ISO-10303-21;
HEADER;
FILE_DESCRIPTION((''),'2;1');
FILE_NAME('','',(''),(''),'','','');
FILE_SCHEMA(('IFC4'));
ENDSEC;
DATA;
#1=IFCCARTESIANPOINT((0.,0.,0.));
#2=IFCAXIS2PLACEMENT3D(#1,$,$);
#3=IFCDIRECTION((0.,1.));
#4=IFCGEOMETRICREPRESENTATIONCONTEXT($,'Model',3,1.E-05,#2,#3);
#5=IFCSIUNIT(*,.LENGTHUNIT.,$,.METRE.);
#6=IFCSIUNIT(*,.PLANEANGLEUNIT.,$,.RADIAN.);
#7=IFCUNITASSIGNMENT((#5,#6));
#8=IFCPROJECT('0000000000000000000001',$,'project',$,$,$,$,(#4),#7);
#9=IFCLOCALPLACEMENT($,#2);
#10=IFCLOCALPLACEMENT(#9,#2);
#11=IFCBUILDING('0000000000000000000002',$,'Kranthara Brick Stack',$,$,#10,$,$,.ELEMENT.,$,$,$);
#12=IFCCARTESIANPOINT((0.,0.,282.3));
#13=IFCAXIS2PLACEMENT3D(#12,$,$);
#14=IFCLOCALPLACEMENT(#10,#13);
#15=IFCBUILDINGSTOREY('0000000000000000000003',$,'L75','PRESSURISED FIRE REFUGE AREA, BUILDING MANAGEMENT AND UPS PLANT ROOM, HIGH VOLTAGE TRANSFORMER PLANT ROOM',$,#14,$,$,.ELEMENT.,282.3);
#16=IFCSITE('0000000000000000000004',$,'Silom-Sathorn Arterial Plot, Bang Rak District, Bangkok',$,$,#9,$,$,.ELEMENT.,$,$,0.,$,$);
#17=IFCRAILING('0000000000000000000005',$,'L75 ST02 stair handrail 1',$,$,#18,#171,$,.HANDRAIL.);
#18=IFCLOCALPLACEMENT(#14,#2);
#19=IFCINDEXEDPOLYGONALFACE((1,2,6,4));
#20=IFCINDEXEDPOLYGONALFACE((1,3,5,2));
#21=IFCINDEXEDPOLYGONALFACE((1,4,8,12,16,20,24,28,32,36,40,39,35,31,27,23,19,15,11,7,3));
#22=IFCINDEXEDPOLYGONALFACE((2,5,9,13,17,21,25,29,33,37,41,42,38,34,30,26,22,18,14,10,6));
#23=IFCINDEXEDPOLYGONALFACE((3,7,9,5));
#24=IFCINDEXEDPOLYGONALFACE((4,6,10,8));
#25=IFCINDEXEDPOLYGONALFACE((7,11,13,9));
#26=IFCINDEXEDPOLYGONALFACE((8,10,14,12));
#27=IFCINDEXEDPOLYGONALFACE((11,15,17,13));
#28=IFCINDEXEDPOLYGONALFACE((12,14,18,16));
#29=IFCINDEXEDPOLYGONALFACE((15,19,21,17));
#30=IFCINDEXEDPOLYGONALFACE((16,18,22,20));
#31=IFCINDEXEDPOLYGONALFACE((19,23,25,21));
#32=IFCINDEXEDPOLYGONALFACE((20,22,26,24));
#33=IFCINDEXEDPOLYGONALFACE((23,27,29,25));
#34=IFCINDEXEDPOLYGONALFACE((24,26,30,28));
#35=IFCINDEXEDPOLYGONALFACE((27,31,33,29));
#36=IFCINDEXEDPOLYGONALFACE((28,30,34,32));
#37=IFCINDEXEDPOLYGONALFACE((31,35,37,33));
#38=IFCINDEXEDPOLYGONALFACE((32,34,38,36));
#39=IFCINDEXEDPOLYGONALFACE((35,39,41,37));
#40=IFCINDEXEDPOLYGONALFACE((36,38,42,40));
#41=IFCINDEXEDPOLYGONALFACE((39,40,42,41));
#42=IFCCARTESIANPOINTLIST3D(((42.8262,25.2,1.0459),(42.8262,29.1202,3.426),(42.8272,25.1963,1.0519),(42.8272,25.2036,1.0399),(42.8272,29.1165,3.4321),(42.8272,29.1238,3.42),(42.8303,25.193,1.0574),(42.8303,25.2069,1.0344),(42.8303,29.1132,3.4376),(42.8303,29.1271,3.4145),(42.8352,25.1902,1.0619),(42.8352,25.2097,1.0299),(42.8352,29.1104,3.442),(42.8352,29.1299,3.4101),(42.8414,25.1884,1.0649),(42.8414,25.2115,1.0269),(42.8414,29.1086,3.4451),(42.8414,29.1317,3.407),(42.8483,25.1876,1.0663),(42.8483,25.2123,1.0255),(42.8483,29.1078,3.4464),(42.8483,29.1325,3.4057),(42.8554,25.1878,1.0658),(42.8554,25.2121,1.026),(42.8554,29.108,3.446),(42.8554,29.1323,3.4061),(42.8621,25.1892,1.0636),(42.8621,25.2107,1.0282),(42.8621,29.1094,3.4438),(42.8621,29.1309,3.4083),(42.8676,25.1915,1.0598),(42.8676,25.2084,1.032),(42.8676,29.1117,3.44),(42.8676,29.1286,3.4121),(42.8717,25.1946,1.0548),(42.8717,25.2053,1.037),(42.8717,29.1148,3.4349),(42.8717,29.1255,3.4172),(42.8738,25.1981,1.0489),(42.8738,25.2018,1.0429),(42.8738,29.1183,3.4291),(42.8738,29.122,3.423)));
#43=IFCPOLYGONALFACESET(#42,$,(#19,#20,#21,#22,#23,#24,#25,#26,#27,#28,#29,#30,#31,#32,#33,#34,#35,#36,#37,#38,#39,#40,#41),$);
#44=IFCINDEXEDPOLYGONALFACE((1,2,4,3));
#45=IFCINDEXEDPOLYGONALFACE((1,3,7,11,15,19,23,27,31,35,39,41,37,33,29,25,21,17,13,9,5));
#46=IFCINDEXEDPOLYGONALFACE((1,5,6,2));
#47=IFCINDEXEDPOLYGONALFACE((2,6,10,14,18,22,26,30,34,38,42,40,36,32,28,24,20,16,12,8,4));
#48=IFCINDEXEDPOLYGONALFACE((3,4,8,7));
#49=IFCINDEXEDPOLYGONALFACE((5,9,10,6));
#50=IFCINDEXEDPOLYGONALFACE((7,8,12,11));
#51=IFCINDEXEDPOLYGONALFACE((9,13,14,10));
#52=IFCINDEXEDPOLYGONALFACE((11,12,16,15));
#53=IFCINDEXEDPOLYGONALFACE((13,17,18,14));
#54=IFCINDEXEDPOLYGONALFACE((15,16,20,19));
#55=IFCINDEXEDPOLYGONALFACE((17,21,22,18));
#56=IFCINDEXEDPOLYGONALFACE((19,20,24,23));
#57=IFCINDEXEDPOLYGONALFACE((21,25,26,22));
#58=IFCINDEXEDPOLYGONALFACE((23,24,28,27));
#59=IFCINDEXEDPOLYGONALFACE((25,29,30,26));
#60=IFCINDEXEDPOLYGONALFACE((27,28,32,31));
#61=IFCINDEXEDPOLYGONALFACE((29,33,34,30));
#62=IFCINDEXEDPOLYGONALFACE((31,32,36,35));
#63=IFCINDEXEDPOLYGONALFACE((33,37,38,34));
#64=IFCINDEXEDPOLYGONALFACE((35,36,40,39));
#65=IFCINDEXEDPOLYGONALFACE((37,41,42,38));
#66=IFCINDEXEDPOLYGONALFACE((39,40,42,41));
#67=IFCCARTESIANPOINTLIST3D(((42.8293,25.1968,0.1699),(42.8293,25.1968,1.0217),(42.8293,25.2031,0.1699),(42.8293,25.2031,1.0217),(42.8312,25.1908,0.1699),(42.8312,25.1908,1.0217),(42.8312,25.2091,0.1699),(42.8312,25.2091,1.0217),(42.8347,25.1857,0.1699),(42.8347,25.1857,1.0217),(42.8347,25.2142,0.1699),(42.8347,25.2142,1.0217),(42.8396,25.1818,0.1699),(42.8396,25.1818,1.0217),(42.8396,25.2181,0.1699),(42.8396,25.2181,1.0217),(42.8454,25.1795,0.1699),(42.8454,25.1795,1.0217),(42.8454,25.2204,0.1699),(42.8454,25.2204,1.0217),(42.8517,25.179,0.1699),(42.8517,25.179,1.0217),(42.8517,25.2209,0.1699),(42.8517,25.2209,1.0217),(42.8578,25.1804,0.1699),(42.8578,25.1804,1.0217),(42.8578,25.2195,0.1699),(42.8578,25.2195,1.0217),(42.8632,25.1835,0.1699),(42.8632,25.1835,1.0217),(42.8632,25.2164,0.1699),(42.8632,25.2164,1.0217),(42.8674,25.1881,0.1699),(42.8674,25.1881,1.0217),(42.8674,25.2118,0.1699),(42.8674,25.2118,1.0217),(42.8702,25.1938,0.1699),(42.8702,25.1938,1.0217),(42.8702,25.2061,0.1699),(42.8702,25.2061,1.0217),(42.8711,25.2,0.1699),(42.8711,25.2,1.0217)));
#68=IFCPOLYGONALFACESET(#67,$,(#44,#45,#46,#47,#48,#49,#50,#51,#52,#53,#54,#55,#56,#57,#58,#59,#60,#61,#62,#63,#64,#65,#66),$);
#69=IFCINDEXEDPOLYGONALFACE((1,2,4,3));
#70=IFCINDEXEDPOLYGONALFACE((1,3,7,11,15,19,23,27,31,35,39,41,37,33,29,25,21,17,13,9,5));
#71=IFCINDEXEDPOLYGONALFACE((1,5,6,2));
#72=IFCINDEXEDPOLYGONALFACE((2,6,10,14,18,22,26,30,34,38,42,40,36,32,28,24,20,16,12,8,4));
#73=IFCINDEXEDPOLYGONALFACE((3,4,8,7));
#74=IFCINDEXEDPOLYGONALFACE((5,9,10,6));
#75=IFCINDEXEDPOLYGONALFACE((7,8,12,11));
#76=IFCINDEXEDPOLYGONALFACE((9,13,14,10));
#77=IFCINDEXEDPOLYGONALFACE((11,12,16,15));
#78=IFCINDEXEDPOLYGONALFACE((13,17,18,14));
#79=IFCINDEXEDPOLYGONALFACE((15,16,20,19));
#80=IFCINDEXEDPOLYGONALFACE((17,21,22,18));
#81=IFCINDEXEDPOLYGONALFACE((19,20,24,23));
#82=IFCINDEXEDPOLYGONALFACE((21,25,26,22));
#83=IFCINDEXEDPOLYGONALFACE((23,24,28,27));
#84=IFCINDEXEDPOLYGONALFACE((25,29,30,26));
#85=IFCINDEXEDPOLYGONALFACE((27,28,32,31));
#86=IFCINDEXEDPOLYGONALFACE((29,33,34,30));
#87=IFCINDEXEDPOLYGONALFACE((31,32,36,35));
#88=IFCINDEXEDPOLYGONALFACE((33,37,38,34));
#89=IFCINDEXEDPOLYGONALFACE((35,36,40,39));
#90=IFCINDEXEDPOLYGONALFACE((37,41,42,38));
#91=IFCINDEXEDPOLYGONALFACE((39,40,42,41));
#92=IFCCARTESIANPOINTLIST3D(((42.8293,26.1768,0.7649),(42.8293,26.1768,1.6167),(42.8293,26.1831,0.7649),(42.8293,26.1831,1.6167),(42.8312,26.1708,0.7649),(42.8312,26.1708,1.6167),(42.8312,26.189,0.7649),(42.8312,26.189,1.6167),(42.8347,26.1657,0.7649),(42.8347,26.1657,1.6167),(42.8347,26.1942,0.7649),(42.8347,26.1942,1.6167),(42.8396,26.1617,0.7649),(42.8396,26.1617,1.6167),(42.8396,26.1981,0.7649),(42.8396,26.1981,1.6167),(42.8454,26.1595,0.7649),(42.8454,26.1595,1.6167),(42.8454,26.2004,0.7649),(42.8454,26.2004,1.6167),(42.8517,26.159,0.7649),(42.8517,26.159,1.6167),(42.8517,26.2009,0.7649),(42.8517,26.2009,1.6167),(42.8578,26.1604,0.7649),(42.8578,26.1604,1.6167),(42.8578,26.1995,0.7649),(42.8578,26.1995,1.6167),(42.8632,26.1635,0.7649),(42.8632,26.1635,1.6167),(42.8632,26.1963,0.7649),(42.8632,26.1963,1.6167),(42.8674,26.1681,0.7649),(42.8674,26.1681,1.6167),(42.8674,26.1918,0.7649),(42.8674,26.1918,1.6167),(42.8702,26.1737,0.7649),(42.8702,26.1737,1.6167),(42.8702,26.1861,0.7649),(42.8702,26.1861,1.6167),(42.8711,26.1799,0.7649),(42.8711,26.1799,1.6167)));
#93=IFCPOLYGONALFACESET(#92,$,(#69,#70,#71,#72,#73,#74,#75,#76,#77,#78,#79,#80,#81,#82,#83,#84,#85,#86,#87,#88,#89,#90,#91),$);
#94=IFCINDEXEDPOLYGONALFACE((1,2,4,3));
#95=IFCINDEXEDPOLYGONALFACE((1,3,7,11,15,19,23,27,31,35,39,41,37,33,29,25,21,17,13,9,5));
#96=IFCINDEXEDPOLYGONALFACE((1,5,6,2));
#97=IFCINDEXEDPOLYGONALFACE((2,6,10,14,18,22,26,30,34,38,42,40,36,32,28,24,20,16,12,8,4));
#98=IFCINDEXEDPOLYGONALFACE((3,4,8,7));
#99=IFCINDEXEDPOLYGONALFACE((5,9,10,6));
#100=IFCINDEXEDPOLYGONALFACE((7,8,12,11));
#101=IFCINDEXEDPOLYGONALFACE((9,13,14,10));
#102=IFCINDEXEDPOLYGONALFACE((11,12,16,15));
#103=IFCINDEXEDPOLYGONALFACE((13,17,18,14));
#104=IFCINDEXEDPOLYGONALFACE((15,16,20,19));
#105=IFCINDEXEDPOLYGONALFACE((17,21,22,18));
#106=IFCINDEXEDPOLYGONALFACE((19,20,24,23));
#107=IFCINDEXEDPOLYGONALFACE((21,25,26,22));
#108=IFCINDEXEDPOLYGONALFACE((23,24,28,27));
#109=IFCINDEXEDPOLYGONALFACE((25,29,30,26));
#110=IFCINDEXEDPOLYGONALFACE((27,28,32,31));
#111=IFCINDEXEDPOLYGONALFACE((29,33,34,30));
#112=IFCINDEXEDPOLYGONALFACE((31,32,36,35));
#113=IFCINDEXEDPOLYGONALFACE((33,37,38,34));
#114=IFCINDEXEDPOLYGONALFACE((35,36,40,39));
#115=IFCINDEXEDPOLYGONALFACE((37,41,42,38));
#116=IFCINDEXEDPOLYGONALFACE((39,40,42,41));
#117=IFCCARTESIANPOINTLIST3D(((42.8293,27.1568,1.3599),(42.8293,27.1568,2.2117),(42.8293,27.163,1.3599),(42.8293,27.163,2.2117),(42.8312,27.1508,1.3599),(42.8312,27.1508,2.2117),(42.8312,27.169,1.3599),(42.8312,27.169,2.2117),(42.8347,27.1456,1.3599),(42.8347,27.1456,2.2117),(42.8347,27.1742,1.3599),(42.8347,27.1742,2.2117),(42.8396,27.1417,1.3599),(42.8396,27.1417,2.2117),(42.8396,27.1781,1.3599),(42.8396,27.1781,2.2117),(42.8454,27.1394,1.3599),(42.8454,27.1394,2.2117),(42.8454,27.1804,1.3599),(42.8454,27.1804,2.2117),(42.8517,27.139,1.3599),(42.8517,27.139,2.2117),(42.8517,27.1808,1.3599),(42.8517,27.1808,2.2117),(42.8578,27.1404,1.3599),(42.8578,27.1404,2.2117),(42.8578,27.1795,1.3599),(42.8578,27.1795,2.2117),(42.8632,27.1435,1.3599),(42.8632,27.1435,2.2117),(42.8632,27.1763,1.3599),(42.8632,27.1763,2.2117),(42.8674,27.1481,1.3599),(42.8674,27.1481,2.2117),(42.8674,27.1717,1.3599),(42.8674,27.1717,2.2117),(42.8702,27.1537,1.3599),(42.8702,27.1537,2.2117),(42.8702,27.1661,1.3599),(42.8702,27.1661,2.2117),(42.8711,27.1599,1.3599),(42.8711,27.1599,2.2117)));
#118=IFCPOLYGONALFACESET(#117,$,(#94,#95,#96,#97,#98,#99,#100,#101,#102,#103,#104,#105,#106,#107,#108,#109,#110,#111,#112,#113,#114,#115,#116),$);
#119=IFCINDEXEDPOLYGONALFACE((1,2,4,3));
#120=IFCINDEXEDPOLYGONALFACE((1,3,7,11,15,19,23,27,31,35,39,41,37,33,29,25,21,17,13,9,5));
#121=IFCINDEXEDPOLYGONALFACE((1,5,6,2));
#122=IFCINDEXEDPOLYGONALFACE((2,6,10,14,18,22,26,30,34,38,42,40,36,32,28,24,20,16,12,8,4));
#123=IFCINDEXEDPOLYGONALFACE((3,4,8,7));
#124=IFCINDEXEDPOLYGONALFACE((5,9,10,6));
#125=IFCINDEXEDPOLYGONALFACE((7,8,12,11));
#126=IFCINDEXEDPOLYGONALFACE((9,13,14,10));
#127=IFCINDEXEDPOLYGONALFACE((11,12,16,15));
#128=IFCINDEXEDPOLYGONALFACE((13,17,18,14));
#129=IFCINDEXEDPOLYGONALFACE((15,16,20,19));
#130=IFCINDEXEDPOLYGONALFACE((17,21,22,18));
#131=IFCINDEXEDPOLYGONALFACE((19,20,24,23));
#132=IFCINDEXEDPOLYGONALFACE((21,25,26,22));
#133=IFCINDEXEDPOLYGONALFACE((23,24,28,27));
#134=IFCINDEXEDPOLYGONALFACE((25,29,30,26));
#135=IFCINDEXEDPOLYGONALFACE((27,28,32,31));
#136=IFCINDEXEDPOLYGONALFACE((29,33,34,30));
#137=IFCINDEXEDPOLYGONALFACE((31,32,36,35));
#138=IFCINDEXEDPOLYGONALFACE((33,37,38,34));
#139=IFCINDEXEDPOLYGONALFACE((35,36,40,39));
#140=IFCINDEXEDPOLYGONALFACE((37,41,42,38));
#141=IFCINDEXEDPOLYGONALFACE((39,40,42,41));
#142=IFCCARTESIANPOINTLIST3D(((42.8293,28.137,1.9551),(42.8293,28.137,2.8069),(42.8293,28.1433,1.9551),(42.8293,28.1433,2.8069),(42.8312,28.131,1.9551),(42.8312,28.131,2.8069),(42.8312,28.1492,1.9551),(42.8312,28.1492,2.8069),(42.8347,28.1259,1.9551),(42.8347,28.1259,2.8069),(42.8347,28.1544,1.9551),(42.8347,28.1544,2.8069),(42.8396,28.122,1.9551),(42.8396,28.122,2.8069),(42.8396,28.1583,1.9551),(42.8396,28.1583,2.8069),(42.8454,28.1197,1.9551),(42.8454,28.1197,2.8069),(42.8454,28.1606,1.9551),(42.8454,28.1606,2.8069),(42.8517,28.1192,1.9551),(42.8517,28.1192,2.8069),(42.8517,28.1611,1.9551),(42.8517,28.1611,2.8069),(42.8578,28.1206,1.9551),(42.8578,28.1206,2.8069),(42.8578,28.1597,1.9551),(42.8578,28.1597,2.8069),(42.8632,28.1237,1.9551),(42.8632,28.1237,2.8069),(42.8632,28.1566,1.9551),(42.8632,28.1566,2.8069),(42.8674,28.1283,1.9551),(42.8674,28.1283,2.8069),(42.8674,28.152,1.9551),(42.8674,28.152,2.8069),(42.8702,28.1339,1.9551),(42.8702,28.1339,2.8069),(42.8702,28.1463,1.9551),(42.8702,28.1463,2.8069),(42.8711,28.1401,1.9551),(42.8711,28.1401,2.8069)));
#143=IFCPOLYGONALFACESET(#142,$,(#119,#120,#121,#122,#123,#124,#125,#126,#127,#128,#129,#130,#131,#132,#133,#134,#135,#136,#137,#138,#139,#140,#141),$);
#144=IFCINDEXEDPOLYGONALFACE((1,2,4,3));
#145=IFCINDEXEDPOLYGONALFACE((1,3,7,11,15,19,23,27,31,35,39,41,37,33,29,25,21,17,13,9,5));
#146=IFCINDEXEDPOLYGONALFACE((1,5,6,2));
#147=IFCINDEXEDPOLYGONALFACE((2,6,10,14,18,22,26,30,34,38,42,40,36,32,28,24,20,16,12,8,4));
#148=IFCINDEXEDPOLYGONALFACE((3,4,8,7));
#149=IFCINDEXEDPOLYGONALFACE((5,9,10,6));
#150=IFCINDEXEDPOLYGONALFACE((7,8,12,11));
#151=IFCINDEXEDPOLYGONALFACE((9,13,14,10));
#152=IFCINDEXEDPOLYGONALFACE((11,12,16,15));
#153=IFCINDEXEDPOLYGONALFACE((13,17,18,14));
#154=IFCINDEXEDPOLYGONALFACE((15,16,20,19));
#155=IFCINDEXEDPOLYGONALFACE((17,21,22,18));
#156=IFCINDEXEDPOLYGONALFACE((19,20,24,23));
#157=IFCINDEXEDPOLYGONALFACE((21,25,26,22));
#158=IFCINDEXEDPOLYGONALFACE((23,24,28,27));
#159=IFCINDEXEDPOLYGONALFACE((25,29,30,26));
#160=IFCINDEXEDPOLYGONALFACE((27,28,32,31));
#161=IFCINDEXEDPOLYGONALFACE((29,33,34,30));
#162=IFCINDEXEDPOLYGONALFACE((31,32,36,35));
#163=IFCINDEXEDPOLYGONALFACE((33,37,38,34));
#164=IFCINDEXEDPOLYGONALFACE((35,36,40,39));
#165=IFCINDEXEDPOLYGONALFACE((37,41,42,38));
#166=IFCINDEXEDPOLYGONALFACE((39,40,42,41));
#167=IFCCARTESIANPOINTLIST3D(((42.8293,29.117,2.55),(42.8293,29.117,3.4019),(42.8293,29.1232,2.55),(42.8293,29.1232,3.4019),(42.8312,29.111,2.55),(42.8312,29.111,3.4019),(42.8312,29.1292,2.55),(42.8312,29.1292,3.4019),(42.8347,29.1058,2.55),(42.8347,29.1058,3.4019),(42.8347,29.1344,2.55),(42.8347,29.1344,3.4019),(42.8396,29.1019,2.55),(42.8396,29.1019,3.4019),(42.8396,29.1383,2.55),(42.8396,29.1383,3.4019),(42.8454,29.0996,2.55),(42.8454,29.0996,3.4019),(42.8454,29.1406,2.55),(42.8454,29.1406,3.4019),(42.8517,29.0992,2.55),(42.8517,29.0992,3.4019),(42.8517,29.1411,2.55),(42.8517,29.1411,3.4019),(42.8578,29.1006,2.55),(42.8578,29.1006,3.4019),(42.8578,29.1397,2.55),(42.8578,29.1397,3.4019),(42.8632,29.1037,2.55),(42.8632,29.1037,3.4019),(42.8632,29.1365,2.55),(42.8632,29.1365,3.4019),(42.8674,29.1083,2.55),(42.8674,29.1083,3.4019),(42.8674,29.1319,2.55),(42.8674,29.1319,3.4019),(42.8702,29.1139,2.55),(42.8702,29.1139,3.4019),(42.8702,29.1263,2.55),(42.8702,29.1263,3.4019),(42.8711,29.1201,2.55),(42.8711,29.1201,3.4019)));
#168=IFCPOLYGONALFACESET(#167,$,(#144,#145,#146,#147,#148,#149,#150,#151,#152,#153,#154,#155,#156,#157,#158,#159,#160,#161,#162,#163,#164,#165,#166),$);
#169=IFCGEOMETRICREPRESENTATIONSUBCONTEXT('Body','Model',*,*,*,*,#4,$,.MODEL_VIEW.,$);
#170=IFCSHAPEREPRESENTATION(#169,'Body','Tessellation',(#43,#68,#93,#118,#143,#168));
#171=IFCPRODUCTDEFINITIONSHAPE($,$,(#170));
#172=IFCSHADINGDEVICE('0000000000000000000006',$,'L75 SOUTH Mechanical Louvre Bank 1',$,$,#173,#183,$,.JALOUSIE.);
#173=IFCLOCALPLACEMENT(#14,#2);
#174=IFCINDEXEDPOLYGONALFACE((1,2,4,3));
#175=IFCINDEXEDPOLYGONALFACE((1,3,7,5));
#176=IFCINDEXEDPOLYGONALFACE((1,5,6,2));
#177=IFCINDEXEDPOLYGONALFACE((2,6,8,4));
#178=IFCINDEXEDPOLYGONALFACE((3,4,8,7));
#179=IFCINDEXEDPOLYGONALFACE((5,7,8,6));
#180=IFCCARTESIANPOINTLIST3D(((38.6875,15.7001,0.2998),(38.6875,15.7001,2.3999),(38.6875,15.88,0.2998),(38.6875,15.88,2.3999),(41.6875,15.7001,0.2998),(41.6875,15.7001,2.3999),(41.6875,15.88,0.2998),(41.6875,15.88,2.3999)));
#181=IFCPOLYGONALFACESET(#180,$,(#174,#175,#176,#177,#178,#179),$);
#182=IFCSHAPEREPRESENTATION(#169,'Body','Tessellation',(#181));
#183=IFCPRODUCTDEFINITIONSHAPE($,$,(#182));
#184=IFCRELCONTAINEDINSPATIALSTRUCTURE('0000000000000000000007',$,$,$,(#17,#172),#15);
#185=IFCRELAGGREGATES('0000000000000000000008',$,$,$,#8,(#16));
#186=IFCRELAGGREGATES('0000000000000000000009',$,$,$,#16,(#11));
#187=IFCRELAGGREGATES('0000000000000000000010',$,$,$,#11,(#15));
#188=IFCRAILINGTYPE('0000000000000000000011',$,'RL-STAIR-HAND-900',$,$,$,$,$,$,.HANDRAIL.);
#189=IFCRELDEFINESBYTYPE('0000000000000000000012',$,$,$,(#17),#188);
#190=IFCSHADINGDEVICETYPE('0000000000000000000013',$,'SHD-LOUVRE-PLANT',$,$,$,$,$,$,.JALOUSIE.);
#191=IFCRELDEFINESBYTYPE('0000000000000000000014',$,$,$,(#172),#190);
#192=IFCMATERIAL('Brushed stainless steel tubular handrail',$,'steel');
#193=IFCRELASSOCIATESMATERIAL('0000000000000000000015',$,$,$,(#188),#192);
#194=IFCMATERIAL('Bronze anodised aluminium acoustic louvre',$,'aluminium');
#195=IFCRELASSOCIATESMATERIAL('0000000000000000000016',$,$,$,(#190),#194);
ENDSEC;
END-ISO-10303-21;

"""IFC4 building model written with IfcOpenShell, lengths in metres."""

from ifc_helpers import new_model, si_unit, direction, frame, origin, origin_2d, place, context, subcontext, project, spatial, rectangle, circle, extrude, material, type_object, element, save


model = new_model("IFC4")

# Units and contexts
model_context = context("Model", 3, precision=1e-05, world=origin(), true_north=direction((0.0, 1.0)))
body_context = subcontext(model_context, "Body", "Model", "MODEL_VIEW")
ifc_project = project(units=[si_unit("LENGTHUNIT", "METRE"), si_unit("PLANEANGLEUNIT", "RADIAN")], contexts=[model_context])

# Site, building, storey
site_placement = place(None, origin())
site = spatial("IfcSite", under=ifc_project, at=site_placement, Name="Silom-Sathorn Arterial Plot, Bang Rak District, Bangkok", CompositionType="ELEMENT", RefElevation=0.0)
building_placement = place(site_placement, origin())
building = spatial("IfcBuilding", under=site, at=building_placement, Name="Kranthara Brick Stack", CompositionType="ELEMENT")
storey_placement = place(building_placement, frame((0.0, 0.0, 282.3)))
storey = spatial("IfcBuildingStorey", under=building, at=storey_placement, Name="L75", Description="PRESSURISED FIRE REFUGE AREA, BUILDING MANAGEMENT AND UPS PLANT ROOM, HIGH VOLTAGE TRANSFORMER PLANT ROOM", CompositionType="ELEMENT", Elevation=282.3)

# Railing
ifc_material_1 = material(Name="Brushed stainless steel tubular handrail", Category="steel")
railing_type_1 = type_object("IfcRailingType", Name="RL-STAIR-HAND-900", PredefinedType="HANDRAIL", material=ifc_material_1)
railing_1_placement = place(storey_placement, frame((42.8501, 25.2, 0.1699)))
element("IfcRailing", 1, at=railing_1_placement, inside=storey, type_object=railing_type_1, Name="L75 ST02 stair handrail 1", PredefinedType="HANDRAIL", context=body_context, shape_type="SweptSolid", body=[
    extrude(circle(Radius=0.0239, at=origin_2d()), frame((0.0, 0.0, 0.876), z_axis=(0.0, 0.854785, 0.518982), x_axis=(-1.0, 0.0, 0.0)), (0.0, 0.0, 1.0), 4.5862),
    extrude(circle(Radius=0.021, at=origin_2d()), origin(), (0.0, 0.0, 1.0), 0.8518),
    extrude(circle(Radius=0.021, at=origin_2d()), frame((0.0, 0.98, 0.595)), (0.0, 0.0, 1.0), 0.8518),
    extrude(circle(Radius=0.021, at=origin_2d()), frame((0.0, 1.96, 1.1899)), (0.0, 0.0, 1.0), 0.8518),
    extrude(circle(Radius=0.021, at=origin_2d()), frame((0.0, 2.9402, 1.7852)), (0.0, 0.0, 1.0), 0.8518),
    extrude(circle(Radius=0.021, at=origin_2d()), frame((0.0, 3.9202, 2.3801)), (0.0, 0.0, 1.0), 0.8518),
])

# Shading device
ifc_material_2 = material(Name="Bronze anodised aluminium acoustic louvre", Category="aluminium")
shading_device_type = type_object("IfcShadingDeviceType", Name="SHD-LOUVRE-PLANT", PredefinedType="JALOUSIE", material=ifc_material_2)
shading_device_placement = place(storey_placement, frame((40.1875, 15.79, 0.2998), z_axis=(0.0, 0.0, 1.0), x_axis=(-1.0, 0.0, 0.0)))
element("IfcShadingDevice", 2, at=shading_device_placement, inside=storey, type_object=shading_device_type, Name="L75 SOUTH Mechanical Louvre Bank 1", PredefinedType="JALOUSIE", context=body_context, shape_type="SweptSolid", body=[
    extrude(rectangle(XDim=3.0, YDim=0.1799, at=origin_2d()), origin(), (0.0, 0.0, 1.0), 2.1001),
])

save(model, "model.ifc")
